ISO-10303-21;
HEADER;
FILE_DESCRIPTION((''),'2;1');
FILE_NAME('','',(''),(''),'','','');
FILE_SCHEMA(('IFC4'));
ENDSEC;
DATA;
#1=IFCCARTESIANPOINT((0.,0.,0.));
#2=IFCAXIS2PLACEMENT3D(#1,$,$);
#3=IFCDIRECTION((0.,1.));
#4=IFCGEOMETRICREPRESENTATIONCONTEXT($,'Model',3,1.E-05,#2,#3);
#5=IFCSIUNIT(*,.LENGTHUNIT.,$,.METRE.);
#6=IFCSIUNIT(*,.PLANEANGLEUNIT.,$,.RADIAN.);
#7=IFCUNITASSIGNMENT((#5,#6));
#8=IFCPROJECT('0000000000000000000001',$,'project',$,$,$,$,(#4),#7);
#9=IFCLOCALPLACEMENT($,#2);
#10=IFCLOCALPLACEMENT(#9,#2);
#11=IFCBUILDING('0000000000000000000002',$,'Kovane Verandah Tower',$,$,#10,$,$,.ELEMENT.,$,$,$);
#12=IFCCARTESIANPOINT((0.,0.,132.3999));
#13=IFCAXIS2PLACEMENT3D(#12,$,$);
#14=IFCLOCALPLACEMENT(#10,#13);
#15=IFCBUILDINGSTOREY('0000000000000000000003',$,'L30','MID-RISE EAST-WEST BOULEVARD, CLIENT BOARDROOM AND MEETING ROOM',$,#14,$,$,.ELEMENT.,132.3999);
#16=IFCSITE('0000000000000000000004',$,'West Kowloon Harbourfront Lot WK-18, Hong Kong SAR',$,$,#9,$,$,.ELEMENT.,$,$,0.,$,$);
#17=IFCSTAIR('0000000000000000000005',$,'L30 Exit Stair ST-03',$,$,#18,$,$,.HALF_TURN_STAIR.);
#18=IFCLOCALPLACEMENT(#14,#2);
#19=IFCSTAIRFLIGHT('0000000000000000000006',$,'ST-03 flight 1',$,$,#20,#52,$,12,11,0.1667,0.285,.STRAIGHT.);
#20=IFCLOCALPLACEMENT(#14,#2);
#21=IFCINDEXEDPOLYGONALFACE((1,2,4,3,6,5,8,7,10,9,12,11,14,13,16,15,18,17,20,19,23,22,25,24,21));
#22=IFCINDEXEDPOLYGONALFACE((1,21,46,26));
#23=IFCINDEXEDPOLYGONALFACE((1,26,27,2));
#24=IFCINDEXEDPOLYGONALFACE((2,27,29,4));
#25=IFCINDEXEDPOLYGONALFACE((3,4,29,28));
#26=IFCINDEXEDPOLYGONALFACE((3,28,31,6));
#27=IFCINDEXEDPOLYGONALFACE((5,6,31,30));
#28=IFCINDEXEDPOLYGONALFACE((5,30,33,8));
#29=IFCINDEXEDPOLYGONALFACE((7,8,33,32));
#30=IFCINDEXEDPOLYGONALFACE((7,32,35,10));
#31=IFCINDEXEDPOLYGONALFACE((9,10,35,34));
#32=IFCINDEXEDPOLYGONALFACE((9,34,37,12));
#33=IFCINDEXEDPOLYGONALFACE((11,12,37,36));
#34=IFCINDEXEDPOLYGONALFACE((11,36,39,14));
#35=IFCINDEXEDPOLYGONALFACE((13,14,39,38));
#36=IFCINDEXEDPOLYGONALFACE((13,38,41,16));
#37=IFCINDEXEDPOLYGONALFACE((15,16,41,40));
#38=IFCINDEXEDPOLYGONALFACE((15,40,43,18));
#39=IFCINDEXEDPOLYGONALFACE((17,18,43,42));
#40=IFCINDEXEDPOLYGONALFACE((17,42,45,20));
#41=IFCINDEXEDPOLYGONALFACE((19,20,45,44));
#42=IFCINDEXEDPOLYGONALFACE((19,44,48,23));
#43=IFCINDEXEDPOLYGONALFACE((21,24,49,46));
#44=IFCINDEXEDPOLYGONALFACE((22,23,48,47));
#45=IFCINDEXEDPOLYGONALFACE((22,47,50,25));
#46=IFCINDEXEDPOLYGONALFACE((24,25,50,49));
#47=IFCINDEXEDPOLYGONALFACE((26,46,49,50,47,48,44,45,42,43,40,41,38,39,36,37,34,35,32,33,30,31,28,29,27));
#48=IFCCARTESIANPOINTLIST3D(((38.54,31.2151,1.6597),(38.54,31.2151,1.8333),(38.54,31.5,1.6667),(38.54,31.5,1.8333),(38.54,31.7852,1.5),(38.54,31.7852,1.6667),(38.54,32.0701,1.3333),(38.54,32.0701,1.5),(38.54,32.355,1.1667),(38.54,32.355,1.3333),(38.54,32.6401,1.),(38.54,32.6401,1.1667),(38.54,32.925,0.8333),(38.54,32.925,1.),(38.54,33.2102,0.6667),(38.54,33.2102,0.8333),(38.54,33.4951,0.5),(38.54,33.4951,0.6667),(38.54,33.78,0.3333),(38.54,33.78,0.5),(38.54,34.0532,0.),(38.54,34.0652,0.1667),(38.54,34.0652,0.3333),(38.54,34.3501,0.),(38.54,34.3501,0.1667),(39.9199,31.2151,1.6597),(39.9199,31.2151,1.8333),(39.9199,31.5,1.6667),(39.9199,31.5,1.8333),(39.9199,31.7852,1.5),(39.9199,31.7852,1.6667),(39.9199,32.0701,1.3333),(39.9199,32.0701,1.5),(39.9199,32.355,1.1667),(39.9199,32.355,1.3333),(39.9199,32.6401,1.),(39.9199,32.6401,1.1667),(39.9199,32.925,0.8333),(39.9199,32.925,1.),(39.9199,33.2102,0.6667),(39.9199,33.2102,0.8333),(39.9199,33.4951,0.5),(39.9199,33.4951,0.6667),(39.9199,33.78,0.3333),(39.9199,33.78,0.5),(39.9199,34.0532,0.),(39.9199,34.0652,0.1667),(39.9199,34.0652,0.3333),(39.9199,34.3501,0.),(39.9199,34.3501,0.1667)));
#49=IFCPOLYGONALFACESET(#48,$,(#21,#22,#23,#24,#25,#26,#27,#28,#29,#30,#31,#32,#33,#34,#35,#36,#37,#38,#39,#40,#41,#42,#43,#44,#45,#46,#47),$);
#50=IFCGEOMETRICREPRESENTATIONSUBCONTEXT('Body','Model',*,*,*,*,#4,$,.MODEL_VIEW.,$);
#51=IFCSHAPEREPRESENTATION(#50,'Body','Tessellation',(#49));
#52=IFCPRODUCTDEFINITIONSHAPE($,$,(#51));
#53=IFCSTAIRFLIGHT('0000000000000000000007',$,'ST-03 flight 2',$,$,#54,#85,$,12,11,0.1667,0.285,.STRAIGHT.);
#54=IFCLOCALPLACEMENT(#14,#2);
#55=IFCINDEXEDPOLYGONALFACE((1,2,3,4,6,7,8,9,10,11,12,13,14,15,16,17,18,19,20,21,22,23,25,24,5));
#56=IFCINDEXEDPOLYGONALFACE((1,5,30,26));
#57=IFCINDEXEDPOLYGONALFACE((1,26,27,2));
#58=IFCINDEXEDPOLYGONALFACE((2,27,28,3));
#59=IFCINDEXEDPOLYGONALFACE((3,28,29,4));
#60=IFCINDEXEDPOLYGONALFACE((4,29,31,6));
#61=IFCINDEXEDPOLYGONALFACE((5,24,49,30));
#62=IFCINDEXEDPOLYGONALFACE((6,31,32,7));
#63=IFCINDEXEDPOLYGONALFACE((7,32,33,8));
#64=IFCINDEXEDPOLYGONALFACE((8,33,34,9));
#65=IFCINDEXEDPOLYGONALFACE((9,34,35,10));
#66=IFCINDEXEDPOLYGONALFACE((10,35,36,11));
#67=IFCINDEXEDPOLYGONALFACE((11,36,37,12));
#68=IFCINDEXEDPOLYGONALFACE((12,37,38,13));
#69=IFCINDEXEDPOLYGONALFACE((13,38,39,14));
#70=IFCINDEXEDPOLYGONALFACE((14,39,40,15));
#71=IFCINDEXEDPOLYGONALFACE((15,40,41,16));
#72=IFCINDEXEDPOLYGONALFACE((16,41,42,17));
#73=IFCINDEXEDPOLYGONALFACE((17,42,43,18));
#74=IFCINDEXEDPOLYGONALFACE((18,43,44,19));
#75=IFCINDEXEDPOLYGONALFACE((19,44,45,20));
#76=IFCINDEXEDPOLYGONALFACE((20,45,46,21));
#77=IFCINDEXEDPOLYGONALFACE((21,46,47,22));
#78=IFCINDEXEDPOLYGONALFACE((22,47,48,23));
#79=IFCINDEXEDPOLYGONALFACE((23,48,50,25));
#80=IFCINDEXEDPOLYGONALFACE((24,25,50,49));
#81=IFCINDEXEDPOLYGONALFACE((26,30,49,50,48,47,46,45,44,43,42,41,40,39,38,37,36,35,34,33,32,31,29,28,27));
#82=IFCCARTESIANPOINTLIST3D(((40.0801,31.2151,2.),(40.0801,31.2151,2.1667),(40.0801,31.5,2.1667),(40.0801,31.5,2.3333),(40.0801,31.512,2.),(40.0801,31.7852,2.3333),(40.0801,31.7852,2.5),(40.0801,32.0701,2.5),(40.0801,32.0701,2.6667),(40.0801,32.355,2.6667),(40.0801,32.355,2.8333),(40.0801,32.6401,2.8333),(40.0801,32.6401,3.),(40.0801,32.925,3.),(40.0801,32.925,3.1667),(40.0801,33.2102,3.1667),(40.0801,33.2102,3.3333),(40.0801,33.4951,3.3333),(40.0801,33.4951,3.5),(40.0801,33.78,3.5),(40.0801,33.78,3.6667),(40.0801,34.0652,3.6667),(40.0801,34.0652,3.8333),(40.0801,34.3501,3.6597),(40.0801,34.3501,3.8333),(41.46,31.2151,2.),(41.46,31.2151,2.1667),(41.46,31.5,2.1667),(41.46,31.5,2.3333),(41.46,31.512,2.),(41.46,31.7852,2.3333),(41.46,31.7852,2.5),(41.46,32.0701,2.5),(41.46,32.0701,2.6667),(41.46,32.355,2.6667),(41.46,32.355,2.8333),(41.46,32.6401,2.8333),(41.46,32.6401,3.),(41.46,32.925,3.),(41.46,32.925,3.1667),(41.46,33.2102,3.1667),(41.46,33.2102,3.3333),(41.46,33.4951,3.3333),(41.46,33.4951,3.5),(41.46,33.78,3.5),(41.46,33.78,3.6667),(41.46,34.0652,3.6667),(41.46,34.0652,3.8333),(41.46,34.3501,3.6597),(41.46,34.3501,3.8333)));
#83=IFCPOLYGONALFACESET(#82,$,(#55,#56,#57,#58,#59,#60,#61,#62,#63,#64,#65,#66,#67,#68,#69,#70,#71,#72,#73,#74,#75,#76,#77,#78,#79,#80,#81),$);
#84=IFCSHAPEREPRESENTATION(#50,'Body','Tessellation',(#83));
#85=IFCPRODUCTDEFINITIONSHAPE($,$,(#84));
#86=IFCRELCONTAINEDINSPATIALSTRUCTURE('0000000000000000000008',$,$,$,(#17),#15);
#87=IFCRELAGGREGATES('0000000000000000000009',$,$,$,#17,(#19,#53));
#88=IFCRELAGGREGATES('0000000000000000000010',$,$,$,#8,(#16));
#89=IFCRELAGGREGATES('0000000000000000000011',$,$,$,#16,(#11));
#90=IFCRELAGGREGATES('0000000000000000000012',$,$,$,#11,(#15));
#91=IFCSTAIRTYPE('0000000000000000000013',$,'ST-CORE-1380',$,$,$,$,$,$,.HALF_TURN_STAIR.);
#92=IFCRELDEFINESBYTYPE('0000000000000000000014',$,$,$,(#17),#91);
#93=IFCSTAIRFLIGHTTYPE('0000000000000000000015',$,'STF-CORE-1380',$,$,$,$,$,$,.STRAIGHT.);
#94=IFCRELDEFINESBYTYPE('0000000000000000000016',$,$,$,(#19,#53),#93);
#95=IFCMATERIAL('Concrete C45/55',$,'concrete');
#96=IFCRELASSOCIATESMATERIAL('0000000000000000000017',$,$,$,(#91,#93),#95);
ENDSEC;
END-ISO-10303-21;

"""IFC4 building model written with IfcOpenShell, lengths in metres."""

from ifc_helpers import new_model, si_unit, direction, frame, origin, place, context, subcontext, project, spatial, polyline, outline, extrude, material, type_object, element, aggregate, save


model = new_model("IFC4")

# Units and contexts
model_context = context("Model", 3, precision=1e-05, world=origin(), true_north=direction((0.0, 1.0)))
body_context = subcontext(model_context, "Body", "Model", "MODEL_VIEW")
ifc_project = project(units=[si_unit("LENGTHUNIT", "METRE"), si_unit("PLANEANGLEUNIT", "RADIAN")], contexts=[model_context])

# Site, building, storey
site_placement = place(None, origin())
site = spatial("IfcSite", under=ifc_project, at=site_placement, Name="West Kowloon Harbourfront Lot WK-18, Hong Kong SAR", CompositionType="ELEMENT", RefElevation=0.0)
building_placement = place(site_placement, origin())
building = spatial("IfcBuilding", under=site, at=building_placement, Name="Kovane Verandah Tower", CompositionType="ELEMENT")
storey_placement = place(building_placement, frame((0.0, 0.0, 132.3999)))
storey = spatial("IfcBuildingStorey", under=building, at=storey_placement, Name="L30", Description="MID-RISE EAST-WEST BOULEVARD, CLIENT BOARDROOM AND MEETING ROOM", CompositionType="ELEMENT", Elevation=132.3999)

# Stair, stair flights
ifc_material_1 = material(Name="Concrete C45/55", Category="concrete")
stair_type = type_object("IfcStairType", Name="ST-CORE-1380", PredefinedType="HALF_TURN_STAIR", material=ifc_material_1)
stair_placement = place(storey_placement, origin())
stair = element("IfcStair", 1, at=stair_placement, inside=storey, type_object=stair_type, Name="L30 Exit Stair ST-03", PredefinedType="HALF_TURN_STAIR")
stair_flight_type = type_object("IfcStairFlightType", Name="STF-CORE-1380", PredefinedType="STRAIGHT", material=ifc_material_1)
stair_flight_1_placement = place(storey_placement, frame((39.23, 34.3501, 0.0), z_axis=(0.0, 0.0, 1.0), x_axis=(0.0, -1.0, 0.0)))
stair_flight_1 = element("IfcStairFlight", 2, at=stair_flight_1_placement, type_object=stair_flight_type, Name="ST-03 flight 1", NumberOfRisers=12, NumberOfTreads=11, PredefinedType="STRAIGHT", RiserHeight=0.1667, TreadLength=0.285, context=body_context, shape_type="SweptSolid", body=[
    extrude(outline(polyline([(0.0, 0.0), (0.0, 0.1667), (0.2849, 0.1667), (0.2849, 0.3333), (0.5701, 0.3333), (0.5701, 0.5), (0.855, 0.5), (0.855, 0.6667), (1.1399, 0.6667), (1.1399, 0.8333), (1.425, 0.8333), (1.425, 1.0), (1.71, 1.0), (1.71, 1.1667), (1.9951, 1.1667), (1.9951, 1.3333), (2.28, 1.3333), (2.28, 1.5), (2.5649, 1.5), (2.5649, 1.6667), (2.8501, 1.6667), (2.8501, 1.8333), (3.135, 1.8333), (3.135, 2.0), (3.135, 1.6597), (0.2969, 0.0), (0.0, 0.0)])), frame((0.0, 0.6899, 0.0), z_axis=(0.0, -1.0, 0.0), x_axis=(1.0, 0.0, 0.0)), (0.0, 0.0, 1.0), 1.3799),
])
stair_flight_2_placement = place(storey_placement, frame((40.77, 31.2151, 2.0), z_axis=(0.0, 0.0, 1.0), x_axis=(0.0, 1.0, 0.0)))
stair_flight_2 = element("IfcStairFlight", 3, at=stair_flight_2_placement, type_object=stair_flight_type, Name="ST-03 flight 2", NumberOfRisers=12, NumberOfTreads=11, PredefinedType="STRAIGHT", RiserHeight=0.1667, TreadLength=0.285, context=body_context, shape_type="SweptSolid", body=[
    extrude(outline(polyline([(0.0, 0.0), (0.0, 0.1667), (0.2849, 0.1667), (0.2849, 0.3333), (0.5701, 0.3333), (0.5701, 0.5), (0.855, 0.5), (0.855, 0.6667), (1.1399, 0.6667), (1.1399, 0.8333), (1.425, 0.8333), (1.425, 1.0), (1.71, 1.0), (1.71, 1.1667), (1.9951, 1.1667), (1.9951, 1.3333), (2.28, 1.3333), (2.28, 1.5), (2.5649, 1.5), (2.5649, 1.6667), (2.8501, 1.6667), (2.8501, 1.8333), (3.135, 1.8333), (3.135, 2.0), (3.135, 1.6597), (0.2969, 0.0), (0.0, 0.0)])), frame((0.0, 0.6899, 0.0), z_axis=(0.0, -1.0, 0.0), x_axis=(1.0, 0.0, 0.0)), (0.0, 0.0, 1.0), 1.3799),
])
aggregate(stair, [stair_flight_1, stair_flight_2])

save(model, "model.ifc")
